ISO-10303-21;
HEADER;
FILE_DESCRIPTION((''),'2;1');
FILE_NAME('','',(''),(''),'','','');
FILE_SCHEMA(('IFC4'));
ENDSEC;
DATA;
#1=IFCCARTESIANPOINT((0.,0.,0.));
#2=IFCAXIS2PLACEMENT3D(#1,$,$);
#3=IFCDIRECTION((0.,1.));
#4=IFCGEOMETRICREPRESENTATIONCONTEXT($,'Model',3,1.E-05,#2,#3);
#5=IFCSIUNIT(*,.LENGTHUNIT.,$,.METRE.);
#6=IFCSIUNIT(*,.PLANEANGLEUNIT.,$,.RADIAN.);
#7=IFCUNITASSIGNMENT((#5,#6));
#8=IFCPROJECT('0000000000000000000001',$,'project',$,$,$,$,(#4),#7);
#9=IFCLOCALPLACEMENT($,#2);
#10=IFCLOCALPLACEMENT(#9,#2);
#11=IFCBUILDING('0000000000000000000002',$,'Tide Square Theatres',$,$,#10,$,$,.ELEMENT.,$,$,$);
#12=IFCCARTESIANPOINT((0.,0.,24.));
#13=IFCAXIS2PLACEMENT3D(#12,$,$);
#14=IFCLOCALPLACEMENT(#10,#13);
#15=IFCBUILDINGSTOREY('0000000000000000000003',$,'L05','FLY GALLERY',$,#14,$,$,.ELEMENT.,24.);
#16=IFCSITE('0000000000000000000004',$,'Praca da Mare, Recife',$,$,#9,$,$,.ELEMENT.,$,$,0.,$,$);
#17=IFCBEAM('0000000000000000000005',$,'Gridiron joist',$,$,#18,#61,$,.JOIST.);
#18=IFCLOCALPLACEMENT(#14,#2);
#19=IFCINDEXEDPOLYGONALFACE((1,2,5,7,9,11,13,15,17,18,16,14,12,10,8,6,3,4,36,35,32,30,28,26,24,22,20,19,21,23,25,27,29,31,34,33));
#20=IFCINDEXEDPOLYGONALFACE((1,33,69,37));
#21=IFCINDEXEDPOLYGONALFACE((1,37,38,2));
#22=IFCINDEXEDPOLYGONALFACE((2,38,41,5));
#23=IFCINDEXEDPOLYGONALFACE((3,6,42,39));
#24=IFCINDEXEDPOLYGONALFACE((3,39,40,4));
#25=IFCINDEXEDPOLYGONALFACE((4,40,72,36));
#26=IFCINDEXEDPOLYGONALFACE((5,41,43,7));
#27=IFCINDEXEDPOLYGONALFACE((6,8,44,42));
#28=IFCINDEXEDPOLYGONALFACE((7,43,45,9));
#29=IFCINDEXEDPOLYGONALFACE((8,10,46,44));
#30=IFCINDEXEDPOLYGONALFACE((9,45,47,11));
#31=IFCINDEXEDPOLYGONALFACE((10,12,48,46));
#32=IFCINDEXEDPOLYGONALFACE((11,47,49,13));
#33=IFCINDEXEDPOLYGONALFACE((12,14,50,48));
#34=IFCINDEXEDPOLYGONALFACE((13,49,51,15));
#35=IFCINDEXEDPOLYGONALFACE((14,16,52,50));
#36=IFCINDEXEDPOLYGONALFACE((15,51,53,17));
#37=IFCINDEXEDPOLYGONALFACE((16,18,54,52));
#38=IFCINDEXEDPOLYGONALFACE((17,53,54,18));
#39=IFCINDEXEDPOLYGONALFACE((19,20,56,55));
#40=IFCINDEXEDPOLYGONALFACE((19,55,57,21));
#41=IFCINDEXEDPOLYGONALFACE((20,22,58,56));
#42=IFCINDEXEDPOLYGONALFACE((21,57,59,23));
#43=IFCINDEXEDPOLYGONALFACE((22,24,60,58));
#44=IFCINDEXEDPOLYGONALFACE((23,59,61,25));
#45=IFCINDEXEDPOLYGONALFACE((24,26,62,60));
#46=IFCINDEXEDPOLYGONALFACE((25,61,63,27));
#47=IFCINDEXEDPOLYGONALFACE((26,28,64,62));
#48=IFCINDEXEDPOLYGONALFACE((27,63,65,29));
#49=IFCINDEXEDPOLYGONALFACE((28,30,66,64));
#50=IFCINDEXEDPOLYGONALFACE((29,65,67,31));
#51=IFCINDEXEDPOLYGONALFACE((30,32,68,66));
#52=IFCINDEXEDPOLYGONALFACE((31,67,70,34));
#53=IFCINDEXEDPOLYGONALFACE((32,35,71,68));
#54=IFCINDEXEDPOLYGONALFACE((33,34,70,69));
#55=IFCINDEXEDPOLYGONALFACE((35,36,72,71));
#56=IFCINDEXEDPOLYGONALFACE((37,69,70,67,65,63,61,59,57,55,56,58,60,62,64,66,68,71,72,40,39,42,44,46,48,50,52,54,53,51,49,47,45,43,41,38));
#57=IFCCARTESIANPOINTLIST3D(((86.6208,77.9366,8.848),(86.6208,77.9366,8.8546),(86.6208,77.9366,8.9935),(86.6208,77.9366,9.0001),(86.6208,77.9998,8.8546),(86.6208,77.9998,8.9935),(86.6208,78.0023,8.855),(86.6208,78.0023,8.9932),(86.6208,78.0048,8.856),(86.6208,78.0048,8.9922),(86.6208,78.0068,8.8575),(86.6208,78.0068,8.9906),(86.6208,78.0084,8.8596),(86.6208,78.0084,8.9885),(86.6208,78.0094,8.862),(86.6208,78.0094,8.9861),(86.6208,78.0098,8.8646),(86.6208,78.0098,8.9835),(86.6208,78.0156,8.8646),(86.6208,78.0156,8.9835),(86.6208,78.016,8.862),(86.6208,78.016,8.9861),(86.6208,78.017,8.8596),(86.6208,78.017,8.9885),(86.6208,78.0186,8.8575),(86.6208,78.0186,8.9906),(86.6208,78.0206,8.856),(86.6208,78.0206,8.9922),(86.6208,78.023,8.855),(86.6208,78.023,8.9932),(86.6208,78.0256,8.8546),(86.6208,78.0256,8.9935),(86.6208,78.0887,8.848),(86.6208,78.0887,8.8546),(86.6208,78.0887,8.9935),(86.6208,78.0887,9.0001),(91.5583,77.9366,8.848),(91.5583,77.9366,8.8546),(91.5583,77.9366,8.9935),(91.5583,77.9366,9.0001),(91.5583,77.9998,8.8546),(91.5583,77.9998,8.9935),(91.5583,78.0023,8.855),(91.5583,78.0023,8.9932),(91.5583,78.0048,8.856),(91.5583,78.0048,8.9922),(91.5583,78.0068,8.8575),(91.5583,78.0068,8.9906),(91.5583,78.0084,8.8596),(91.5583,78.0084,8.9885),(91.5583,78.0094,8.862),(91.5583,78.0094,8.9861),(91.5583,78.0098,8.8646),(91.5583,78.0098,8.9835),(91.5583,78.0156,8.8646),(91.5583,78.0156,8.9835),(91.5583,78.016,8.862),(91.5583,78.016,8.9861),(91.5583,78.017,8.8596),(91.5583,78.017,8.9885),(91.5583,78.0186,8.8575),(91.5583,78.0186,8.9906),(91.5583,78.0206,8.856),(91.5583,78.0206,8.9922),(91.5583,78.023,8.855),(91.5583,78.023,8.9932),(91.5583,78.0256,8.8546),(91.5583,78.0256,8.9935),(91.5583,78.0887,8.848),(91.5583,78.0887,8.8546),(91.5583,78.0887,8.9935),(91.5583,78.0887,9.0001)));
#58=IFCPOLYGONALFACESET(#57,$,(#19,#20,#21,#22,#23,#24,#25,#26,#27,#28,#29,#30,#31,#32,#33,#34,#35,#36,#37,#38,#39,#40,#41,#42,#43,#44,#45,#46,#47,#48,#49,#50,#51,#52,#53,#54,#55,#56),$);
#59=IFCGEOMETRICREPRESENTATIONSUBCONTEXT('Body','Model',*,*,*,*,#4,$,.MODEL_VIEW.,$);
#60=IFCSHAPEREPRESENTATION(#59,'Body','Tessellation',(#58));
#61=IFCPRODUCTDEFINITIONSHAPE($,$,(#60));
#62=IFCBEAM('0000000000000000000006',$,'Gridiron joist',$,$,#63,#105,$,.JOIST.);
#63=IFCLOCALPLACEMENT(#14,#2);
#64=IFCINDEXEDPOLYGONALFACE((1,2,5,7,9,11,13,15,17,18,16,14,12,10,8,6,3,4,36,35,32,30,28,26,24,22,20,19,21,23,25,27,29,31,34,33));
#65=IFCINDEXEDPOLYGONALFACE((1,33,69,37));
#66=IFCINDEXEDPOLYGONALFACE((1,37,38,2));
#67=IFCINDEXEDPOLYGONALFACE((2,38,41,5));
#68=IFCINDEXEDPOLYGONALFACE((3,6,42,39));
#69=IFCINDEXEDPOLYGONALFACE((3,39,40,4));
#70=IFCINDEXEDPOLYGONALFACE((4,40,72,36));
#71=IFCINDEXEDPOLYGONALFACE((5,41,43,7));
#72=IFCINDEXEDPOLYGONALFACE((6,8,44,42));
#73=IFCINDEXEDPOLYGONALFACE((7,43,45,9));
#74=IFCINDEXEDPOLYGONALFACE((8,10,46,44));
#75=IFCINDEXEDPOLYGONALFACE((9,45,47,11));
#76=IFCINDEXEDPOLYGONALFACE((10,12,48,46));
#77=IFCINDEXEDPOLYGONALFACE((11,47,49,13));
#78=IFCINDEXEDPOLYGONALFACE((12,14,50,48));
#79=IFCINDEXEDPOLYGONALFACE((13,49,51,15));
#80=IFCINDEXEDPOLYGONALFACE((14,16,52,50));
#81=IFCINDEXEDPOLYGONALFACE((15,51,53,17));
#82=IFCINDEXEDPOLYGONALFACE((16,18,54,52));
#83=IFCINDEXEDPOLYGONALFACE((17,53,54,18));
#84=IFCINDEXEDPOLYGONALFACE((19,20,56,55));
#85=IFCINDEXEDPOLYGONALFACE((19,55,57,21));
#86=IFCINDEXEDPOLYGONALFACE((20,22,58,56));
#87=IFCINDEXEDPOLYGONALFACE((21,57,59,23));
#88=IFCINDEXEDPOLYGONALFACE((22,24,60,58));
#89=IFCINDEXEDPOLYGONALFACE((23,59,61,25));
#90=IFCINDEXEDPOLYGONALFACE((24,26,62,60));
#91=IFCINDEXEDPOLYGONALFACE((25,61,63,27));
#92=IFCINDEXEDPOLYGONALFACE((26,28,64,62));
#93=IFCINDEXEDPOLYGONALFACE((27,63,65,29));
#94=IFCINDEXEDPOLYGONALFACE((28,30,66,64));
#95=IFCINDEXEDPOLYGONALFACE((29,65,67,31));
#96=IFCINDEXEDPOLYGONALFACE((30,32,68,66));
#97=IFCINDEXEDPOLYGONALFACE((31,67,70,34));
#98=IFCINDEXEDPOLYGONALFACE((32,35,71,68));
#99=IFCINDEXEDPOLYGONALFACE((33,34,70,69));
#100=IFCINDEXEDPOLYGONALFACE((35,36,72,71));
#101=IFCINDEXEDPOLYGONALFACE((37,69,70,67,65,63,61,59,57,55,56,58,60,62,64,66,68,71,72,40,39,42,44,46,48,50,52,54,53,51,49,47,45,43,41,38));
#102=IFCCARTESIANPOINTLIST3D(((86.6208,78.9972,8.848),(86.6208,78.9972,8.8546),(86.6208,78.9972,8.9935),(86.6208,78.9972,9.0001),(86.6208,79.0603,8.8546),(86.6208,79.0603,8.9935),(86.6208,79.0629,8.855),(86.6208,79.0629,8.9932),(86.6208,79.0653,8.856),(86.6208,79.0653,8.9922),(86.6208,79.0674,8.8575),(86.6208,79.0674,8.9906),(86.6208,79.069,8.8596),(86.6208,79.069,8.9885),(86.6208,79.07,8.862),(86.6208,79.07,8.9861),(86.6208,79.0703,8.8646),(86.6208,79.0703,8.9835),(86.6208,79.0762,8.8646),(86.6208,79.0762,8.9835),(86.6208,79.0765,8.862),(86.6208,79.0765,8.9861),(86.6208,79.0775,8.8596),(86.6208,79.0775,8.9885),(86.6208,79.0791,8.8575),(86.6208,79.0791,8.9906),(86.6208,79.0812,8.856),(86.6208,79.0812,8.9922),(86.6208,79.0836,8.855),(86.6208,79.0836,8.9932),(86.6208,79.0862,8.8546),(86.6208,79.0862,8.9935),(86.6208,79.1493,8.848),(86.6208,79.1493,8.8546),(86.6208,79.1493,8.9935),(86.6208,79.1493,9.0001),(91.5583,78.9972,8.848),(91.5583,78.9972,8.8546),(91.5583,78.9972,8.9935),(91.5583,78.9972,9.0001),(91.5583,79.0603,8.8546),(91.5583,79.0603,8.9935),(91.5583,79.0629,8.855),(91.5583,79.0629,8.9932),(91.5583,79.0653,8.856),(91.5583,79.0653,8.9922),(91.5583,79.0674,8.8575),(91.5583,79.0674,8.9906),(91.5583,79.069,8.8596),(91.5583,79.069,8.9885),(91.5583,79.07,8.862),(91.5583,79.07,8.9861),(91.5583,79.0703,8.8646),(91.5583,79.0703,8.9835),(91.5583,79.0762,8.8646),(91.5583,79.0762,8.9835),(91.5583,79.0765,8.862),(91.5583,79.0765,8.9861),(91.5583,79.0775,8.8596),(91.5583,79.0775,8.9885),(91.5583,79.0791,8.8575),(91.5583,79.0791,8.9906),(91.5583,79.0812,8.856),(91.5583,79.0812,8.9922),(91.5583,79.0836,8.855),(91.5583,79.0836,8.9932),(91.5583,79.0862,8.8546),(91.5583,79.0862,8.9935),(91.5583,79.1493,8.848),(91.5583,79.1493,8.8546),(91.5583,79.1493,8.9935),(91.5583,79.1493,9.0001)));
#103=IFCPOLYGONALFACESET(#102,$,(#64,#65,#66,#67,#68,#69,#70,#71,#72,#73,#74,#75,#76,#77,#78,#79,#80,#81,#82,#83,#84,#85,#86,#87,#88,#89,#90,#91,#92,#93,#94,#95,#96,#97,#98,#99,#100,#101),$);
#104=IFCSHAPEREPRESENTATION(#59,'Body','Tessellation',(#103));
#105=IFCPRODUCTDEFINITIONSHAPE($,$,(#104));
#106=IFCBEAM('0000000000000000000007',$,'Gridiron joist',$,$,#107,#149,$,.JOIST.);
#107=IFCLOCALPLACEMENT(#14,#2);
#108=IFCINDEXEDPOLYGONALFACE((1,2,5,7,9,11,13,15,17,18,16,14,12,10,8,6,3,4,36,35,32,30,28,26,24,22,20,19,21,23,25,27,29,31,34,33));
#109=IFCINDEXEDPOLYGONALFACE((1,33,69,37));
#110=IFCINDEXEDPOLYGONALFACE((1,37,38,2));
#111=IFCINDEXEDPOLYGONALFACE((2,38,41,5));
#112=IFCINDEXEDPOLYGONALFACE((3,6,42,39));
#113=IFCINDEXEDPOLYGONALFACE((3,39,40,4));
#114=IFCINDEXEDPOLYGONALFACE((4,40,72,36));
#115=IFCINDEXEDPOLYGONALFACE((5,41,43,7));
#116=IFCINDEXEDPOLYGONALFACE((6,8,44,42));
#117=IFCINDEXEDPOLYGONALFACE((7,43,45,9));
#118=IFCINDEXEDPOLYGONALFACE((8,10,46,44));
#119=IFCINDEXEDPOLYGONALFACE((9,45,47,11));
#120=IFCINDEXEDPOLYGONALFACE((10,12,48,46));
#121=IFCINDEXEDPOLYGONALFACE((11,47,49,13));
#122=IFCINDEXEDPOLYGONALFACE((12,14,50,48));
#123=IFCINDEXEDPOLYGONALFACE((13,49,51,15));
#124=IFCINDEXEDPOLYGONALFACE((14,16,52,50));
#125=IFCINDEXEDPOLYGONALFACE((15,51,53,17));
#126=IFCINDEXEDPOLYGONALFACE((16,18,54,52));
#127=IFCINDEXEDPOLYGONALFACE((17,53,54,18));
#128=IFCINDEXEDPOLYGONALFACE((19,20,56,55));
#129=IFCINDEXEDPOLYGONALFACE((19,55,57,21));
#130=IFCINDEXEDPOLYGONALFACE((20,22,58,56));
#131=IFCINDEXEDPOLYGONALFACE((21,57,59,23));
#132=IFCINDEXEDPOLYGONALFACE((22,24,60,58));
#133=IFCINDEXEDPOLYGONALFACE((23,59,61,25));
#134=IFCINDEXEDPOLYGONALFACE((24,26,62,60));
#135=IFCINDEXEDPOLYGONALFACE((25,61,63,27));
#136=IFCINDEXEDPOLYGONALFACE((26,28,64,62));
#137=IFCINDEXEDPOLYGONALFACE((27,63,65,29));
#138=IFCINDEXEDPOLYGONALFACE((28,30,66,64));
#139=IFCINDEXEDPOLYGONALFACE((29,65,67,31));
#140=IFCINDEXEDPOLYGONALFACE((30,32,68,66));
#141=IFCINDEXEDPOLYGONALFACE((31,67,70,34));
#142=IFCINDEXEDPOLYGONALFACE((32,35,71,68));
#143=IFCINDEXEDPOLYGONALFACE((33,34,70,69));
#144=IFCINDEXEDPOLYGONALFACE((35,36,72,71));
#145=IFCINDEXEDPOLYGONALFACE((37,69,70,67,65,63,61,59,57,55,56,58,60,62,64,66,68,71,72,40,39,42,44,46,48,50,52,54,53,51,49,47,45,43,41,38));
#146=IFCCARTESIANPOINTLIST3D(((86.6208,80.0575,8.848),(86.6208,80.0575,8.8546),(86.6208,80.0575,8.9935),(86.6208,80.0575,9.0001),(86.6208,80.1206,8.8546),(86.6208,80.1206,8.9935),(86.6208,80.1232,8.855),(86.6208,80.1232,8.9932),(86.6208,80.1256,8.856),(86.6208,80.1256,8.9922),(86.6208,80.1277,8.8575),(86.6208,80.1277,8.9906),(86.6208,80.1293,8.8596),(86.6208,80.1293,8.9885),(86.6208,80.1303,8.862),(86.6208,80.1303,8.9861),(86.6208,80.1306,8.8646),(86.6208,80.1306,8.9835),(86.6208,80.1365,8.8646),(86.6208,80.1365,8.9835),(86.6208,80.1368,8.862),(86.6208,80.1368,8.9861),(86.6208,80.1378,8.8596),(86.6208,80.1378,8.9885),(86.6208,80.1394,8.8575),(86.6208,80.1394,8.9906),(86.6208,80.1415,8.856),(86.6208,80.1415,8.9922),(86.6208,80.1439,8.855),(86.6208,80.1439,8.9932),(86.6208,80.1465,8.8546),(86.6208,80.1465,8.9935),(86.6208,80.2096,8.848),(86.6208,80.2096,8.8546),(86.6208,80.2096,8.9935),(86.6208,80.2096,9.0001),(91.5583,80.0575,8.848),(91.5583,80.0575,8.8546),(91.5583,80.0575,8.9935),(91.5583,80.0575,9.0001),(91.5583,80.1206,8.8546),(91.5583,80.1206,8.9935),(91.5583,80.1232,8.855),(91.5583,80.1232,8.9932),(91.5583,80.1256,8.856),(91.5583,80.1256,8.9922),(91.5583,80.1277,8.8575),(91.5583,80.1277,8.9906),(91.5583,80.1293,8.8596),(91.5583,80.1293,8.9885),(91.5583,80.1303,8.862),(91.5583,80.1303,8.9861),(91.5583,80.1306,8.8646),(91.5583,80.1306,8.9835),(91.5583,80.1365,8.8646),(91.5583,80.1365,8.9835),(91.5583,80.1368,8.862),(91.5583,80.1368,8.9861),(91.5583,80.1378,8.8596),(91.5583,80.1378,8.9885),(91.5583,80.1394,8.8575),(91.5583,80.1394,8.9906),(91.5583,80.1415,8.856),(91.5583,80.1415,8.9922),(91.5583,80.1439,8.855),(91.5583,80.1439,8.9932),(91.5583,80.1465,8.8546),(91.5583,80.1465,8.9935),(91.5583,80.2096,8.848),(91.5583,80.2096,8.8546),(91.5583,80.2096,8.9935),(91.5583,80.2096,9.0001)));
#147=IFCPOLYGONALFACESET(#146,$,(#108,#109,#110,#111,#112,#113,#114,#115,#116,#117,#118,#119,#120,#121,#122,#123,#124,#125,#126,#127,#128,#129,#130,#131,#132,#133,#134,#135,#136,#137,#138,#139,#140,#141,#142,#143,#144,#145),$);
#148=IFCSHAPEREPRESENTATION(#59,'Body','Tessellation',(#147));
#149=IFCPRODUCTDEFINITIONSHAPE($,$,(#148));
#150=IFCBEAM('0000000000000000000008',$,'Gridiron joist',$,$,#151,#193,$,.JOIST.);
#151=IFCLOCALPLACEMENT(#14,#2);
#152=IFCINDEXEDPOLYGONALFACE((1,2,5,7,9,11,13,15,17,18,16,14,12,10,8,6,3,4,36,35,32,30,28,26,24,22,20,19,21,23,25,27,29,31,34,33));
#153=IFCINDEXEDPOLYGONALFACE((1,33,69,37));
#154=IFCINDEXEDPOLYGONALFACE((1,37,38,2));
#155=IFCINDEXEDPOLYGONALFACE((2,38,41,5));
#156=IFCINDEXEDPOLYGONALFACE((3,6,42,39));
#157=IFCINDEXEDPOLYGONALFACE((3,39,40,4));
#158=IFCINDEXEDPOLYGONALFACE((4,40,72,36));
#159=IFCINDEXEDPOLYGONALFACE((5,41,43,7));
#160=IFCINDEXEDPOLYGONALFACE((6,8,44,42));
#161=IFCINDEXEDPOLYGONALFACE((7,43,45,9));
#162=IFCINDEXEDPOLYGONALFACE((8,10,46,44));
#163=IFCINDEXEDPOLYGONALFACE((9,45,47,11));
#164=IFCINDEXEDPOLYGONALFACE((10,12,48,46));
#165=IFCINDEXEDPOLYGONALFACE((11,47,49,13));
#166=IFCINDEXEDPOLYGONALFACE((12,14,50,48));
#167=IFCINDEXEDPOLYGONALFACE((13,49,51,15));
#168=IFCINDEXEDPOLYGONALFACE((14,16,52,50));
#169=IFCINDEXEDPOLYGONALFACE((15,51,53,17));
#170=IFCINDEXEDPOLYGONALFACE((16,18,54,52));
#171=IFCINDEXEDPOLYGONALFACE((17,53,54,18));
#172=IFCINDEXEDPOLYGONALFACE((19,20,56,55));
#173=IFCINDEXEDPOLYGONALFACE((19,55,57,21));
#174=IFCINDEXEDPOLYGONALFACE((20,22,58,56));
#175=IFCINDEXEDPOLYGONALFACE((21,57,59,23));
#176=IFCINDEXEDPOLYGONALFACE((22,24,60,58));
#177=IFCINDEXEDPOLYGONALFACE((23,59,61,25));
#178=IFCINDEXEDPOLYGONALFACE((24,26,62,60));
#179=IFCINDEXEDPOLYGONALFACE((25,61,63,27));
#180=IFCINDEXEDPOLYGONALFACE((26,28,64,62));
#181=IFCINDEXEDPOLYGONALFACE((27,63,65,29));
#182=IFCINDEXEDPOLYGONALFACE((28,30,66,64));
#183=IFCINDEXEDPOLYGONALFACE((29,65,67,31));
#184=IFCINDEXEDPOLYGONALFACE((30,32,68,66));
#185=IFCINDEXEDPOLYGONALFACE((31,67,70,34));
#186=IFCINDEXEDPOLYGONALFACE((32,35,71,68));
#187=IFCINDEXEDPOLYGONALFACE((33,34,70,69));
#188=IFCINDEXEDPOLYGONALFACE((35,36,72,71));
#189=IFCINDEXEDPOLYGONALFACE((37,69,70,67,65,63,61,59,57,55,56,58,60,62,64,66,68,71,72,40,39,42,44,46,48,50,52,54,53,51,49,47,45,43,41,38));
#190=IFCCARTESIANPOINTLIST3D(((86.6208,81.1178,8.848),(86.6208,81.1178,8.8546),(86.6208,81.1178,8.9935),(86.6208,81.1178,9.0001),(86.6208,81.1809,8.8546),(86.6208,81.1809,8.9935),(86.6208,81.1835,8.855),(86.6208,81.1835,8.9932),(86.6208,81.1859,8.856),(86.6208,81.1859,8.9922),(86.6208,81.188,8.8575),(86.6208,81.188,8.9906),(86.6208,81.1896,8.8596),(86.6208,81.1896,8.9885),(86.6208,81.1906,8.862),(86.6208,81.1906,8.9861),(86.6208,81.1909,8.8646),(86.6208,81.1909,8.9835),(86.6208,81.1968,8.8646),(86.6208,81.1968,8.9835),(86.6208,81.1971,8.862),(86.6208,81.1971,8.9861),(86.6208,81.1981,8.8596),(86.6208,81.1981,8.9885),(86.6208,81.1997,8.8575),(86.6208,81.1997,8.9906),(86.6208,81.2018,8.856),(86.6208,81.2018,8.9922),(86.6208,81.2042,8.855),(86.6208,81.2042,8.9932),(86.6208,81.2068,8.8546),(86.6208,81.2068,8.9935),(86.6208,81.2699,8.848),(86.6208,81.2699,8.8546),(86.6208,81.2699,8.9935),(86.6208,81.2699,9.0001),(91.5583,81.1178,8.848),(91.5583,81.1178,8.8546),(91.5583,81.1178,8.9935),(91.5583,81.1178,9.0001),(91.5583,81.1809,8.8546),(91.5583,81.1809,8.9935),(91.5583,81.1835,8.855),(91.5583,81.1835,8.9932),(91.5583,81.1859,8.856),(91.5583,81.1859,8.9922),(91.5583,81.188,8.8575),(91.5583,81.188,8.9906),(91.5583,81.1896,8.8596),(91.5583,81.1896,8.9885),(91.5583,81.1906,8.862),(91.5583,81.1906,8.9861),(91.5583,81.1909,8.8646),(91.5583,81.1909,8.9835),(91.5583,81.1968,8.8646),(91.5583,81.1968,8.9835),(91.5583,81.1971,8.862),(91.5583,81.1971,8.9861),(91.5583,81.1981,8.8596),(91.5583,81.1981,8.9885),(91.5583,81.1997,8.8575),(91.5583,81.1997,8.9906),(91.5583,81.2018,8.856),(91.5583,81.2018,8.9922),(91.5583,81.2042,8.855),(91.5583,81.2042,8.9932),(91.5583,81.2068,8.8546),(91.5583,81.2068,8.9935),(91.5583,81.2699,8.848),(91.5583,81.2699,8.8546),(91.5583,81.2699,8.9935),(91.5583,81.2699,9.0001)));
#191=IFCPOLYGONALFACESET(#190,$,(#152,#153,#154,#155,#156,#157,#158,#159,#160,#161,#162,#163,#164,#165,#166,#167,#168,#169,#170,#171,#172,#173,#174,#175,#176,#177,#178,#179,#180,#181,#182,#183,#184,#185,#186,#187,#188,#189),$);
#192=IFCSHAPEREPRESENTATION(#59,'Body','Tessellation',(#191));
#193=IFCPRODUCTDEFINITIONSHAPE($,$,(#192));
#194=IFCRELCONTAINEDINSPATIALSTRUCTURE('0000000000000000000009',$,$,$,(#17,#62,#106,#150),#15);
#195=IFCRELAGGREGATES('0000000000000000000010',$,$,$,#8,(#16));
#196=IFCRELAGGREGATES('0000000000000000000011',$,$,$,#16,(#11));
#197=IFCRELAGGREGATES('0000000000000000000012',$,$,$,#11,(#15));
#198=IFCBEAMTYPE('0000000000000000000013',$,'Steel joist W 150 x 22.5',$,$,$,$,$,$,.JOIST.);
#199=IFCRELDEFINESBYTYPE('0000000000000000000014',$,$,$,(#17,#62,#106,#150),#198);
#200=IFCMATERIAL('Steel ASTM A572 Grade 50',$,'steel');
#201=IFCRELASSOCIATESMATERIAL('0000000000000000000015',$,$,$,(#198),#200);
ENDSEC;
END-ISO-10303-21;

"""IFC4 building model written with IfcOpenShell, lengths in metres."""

from ifc_helpers import new_model, si_unit, direction, frame, origin, origin_2d, place, context, subcontext, project, spatial, i_section, extrude, material, material_profile, profile_set, type_object, element, save


model = new_model("IFC4")

# Units and contexts
model_context = context("Model", 3, precision=1e-05, world=origin(), true_north=direction((0.0, 1.0)))
body_context = subcontext(model_context, "Body", "Model", "MODEL_VIEW")
ifc_project = project(units=[si_unit("LENGTHUNIT", "METRE"), si_unit("PLANEANGLEUNIT", "RADIAN")], contexts=[model_context])

# Site, building, storey
site_placement = place(None, origin())
site = spatial("IfcSite", under=ifc_project, at=site_placement, Name="Praca da Mare, Recife", CompositionType="ELEMENT", RefElevation=0.0)
building_placement = place(site_placement, origin())
building = spatial("IfcBuilding", under=site, at=building_placement, Name="Tide Square Theatres", CompositionType="ELEMENT")
storey_placement = place(building_placement, frame((0.0, 0.0, 24.0)))
storey = spatial("IfcBuildingStorey", under=building, at=storey_placement, Name="L05", Description="FLY GALLERY", CompositionType="ELEMENT", Elevation=24.0)

# Beams
ifc_material_1 = material(Name="Steel ASTM A572 Grade 50", Category="steel")
ifc_material_profile_1 = material_profile(ifc_material_1, i_section(OverallWidth=0.1521, OverallDepth=0.1521, WebThickness=0.0059, FlangeThickness=0.0066, FilletRadius=0.01, at=origin_2d()))
ifc_profile_set_1 = profile_set([ifc_material_profile_1], Name="Steel ASTM A572 Grade 50")
beam_type_1 = type_object("IfcBeamType", Name="Steel joist W 150 x 22.5", PredefinedType="JOIST", material=ifc_profile_set_1)
for number, where, z_axis, x_axis, name in (
    (1, (86.6208, 78.0127, 8.9241), (1.0, 0.0, 0.0), (0.0, 1.0, 0.0), "Gridiron joist"),
    (2, (86.6208, 79.0732, 8.9241), (1.0, 0.0, 0.0), (0.0, 1.0, 0.0), "Gridiron joist"),
    (3, (86.6208, 80.1335, 8.9241), (1.0, 0.0, 0.0), (0.0, 1.0, 0.0), "Gridiron joist"),
    (4, (86.6208, 81.1938, 8.9241), (1.0, 0.0, 0.0), (0.0, 1.0, 0.0), "Gridiron joist"),
):
    element("IfcBeam", number, at=place(storey_placement, frame(where, z_axis=z_axis, x_axis=x_axis)), inside=storey, type_object=beam_type_1, Name=name, PredefinedType="JOIST", context=body_context, shape_type="SweptSolid", body=[
        extrude(i_section(OverallWidth=0.1521, OverallDepth=0.1521, WebThickness=0.0059, FlangeThickness=0.0066, FilletRadius=0.01, at=origin_2d()), origin(), (0.0, 0.0, 1.0), 4.9375),
    ])

save(model, "model.ifc")
